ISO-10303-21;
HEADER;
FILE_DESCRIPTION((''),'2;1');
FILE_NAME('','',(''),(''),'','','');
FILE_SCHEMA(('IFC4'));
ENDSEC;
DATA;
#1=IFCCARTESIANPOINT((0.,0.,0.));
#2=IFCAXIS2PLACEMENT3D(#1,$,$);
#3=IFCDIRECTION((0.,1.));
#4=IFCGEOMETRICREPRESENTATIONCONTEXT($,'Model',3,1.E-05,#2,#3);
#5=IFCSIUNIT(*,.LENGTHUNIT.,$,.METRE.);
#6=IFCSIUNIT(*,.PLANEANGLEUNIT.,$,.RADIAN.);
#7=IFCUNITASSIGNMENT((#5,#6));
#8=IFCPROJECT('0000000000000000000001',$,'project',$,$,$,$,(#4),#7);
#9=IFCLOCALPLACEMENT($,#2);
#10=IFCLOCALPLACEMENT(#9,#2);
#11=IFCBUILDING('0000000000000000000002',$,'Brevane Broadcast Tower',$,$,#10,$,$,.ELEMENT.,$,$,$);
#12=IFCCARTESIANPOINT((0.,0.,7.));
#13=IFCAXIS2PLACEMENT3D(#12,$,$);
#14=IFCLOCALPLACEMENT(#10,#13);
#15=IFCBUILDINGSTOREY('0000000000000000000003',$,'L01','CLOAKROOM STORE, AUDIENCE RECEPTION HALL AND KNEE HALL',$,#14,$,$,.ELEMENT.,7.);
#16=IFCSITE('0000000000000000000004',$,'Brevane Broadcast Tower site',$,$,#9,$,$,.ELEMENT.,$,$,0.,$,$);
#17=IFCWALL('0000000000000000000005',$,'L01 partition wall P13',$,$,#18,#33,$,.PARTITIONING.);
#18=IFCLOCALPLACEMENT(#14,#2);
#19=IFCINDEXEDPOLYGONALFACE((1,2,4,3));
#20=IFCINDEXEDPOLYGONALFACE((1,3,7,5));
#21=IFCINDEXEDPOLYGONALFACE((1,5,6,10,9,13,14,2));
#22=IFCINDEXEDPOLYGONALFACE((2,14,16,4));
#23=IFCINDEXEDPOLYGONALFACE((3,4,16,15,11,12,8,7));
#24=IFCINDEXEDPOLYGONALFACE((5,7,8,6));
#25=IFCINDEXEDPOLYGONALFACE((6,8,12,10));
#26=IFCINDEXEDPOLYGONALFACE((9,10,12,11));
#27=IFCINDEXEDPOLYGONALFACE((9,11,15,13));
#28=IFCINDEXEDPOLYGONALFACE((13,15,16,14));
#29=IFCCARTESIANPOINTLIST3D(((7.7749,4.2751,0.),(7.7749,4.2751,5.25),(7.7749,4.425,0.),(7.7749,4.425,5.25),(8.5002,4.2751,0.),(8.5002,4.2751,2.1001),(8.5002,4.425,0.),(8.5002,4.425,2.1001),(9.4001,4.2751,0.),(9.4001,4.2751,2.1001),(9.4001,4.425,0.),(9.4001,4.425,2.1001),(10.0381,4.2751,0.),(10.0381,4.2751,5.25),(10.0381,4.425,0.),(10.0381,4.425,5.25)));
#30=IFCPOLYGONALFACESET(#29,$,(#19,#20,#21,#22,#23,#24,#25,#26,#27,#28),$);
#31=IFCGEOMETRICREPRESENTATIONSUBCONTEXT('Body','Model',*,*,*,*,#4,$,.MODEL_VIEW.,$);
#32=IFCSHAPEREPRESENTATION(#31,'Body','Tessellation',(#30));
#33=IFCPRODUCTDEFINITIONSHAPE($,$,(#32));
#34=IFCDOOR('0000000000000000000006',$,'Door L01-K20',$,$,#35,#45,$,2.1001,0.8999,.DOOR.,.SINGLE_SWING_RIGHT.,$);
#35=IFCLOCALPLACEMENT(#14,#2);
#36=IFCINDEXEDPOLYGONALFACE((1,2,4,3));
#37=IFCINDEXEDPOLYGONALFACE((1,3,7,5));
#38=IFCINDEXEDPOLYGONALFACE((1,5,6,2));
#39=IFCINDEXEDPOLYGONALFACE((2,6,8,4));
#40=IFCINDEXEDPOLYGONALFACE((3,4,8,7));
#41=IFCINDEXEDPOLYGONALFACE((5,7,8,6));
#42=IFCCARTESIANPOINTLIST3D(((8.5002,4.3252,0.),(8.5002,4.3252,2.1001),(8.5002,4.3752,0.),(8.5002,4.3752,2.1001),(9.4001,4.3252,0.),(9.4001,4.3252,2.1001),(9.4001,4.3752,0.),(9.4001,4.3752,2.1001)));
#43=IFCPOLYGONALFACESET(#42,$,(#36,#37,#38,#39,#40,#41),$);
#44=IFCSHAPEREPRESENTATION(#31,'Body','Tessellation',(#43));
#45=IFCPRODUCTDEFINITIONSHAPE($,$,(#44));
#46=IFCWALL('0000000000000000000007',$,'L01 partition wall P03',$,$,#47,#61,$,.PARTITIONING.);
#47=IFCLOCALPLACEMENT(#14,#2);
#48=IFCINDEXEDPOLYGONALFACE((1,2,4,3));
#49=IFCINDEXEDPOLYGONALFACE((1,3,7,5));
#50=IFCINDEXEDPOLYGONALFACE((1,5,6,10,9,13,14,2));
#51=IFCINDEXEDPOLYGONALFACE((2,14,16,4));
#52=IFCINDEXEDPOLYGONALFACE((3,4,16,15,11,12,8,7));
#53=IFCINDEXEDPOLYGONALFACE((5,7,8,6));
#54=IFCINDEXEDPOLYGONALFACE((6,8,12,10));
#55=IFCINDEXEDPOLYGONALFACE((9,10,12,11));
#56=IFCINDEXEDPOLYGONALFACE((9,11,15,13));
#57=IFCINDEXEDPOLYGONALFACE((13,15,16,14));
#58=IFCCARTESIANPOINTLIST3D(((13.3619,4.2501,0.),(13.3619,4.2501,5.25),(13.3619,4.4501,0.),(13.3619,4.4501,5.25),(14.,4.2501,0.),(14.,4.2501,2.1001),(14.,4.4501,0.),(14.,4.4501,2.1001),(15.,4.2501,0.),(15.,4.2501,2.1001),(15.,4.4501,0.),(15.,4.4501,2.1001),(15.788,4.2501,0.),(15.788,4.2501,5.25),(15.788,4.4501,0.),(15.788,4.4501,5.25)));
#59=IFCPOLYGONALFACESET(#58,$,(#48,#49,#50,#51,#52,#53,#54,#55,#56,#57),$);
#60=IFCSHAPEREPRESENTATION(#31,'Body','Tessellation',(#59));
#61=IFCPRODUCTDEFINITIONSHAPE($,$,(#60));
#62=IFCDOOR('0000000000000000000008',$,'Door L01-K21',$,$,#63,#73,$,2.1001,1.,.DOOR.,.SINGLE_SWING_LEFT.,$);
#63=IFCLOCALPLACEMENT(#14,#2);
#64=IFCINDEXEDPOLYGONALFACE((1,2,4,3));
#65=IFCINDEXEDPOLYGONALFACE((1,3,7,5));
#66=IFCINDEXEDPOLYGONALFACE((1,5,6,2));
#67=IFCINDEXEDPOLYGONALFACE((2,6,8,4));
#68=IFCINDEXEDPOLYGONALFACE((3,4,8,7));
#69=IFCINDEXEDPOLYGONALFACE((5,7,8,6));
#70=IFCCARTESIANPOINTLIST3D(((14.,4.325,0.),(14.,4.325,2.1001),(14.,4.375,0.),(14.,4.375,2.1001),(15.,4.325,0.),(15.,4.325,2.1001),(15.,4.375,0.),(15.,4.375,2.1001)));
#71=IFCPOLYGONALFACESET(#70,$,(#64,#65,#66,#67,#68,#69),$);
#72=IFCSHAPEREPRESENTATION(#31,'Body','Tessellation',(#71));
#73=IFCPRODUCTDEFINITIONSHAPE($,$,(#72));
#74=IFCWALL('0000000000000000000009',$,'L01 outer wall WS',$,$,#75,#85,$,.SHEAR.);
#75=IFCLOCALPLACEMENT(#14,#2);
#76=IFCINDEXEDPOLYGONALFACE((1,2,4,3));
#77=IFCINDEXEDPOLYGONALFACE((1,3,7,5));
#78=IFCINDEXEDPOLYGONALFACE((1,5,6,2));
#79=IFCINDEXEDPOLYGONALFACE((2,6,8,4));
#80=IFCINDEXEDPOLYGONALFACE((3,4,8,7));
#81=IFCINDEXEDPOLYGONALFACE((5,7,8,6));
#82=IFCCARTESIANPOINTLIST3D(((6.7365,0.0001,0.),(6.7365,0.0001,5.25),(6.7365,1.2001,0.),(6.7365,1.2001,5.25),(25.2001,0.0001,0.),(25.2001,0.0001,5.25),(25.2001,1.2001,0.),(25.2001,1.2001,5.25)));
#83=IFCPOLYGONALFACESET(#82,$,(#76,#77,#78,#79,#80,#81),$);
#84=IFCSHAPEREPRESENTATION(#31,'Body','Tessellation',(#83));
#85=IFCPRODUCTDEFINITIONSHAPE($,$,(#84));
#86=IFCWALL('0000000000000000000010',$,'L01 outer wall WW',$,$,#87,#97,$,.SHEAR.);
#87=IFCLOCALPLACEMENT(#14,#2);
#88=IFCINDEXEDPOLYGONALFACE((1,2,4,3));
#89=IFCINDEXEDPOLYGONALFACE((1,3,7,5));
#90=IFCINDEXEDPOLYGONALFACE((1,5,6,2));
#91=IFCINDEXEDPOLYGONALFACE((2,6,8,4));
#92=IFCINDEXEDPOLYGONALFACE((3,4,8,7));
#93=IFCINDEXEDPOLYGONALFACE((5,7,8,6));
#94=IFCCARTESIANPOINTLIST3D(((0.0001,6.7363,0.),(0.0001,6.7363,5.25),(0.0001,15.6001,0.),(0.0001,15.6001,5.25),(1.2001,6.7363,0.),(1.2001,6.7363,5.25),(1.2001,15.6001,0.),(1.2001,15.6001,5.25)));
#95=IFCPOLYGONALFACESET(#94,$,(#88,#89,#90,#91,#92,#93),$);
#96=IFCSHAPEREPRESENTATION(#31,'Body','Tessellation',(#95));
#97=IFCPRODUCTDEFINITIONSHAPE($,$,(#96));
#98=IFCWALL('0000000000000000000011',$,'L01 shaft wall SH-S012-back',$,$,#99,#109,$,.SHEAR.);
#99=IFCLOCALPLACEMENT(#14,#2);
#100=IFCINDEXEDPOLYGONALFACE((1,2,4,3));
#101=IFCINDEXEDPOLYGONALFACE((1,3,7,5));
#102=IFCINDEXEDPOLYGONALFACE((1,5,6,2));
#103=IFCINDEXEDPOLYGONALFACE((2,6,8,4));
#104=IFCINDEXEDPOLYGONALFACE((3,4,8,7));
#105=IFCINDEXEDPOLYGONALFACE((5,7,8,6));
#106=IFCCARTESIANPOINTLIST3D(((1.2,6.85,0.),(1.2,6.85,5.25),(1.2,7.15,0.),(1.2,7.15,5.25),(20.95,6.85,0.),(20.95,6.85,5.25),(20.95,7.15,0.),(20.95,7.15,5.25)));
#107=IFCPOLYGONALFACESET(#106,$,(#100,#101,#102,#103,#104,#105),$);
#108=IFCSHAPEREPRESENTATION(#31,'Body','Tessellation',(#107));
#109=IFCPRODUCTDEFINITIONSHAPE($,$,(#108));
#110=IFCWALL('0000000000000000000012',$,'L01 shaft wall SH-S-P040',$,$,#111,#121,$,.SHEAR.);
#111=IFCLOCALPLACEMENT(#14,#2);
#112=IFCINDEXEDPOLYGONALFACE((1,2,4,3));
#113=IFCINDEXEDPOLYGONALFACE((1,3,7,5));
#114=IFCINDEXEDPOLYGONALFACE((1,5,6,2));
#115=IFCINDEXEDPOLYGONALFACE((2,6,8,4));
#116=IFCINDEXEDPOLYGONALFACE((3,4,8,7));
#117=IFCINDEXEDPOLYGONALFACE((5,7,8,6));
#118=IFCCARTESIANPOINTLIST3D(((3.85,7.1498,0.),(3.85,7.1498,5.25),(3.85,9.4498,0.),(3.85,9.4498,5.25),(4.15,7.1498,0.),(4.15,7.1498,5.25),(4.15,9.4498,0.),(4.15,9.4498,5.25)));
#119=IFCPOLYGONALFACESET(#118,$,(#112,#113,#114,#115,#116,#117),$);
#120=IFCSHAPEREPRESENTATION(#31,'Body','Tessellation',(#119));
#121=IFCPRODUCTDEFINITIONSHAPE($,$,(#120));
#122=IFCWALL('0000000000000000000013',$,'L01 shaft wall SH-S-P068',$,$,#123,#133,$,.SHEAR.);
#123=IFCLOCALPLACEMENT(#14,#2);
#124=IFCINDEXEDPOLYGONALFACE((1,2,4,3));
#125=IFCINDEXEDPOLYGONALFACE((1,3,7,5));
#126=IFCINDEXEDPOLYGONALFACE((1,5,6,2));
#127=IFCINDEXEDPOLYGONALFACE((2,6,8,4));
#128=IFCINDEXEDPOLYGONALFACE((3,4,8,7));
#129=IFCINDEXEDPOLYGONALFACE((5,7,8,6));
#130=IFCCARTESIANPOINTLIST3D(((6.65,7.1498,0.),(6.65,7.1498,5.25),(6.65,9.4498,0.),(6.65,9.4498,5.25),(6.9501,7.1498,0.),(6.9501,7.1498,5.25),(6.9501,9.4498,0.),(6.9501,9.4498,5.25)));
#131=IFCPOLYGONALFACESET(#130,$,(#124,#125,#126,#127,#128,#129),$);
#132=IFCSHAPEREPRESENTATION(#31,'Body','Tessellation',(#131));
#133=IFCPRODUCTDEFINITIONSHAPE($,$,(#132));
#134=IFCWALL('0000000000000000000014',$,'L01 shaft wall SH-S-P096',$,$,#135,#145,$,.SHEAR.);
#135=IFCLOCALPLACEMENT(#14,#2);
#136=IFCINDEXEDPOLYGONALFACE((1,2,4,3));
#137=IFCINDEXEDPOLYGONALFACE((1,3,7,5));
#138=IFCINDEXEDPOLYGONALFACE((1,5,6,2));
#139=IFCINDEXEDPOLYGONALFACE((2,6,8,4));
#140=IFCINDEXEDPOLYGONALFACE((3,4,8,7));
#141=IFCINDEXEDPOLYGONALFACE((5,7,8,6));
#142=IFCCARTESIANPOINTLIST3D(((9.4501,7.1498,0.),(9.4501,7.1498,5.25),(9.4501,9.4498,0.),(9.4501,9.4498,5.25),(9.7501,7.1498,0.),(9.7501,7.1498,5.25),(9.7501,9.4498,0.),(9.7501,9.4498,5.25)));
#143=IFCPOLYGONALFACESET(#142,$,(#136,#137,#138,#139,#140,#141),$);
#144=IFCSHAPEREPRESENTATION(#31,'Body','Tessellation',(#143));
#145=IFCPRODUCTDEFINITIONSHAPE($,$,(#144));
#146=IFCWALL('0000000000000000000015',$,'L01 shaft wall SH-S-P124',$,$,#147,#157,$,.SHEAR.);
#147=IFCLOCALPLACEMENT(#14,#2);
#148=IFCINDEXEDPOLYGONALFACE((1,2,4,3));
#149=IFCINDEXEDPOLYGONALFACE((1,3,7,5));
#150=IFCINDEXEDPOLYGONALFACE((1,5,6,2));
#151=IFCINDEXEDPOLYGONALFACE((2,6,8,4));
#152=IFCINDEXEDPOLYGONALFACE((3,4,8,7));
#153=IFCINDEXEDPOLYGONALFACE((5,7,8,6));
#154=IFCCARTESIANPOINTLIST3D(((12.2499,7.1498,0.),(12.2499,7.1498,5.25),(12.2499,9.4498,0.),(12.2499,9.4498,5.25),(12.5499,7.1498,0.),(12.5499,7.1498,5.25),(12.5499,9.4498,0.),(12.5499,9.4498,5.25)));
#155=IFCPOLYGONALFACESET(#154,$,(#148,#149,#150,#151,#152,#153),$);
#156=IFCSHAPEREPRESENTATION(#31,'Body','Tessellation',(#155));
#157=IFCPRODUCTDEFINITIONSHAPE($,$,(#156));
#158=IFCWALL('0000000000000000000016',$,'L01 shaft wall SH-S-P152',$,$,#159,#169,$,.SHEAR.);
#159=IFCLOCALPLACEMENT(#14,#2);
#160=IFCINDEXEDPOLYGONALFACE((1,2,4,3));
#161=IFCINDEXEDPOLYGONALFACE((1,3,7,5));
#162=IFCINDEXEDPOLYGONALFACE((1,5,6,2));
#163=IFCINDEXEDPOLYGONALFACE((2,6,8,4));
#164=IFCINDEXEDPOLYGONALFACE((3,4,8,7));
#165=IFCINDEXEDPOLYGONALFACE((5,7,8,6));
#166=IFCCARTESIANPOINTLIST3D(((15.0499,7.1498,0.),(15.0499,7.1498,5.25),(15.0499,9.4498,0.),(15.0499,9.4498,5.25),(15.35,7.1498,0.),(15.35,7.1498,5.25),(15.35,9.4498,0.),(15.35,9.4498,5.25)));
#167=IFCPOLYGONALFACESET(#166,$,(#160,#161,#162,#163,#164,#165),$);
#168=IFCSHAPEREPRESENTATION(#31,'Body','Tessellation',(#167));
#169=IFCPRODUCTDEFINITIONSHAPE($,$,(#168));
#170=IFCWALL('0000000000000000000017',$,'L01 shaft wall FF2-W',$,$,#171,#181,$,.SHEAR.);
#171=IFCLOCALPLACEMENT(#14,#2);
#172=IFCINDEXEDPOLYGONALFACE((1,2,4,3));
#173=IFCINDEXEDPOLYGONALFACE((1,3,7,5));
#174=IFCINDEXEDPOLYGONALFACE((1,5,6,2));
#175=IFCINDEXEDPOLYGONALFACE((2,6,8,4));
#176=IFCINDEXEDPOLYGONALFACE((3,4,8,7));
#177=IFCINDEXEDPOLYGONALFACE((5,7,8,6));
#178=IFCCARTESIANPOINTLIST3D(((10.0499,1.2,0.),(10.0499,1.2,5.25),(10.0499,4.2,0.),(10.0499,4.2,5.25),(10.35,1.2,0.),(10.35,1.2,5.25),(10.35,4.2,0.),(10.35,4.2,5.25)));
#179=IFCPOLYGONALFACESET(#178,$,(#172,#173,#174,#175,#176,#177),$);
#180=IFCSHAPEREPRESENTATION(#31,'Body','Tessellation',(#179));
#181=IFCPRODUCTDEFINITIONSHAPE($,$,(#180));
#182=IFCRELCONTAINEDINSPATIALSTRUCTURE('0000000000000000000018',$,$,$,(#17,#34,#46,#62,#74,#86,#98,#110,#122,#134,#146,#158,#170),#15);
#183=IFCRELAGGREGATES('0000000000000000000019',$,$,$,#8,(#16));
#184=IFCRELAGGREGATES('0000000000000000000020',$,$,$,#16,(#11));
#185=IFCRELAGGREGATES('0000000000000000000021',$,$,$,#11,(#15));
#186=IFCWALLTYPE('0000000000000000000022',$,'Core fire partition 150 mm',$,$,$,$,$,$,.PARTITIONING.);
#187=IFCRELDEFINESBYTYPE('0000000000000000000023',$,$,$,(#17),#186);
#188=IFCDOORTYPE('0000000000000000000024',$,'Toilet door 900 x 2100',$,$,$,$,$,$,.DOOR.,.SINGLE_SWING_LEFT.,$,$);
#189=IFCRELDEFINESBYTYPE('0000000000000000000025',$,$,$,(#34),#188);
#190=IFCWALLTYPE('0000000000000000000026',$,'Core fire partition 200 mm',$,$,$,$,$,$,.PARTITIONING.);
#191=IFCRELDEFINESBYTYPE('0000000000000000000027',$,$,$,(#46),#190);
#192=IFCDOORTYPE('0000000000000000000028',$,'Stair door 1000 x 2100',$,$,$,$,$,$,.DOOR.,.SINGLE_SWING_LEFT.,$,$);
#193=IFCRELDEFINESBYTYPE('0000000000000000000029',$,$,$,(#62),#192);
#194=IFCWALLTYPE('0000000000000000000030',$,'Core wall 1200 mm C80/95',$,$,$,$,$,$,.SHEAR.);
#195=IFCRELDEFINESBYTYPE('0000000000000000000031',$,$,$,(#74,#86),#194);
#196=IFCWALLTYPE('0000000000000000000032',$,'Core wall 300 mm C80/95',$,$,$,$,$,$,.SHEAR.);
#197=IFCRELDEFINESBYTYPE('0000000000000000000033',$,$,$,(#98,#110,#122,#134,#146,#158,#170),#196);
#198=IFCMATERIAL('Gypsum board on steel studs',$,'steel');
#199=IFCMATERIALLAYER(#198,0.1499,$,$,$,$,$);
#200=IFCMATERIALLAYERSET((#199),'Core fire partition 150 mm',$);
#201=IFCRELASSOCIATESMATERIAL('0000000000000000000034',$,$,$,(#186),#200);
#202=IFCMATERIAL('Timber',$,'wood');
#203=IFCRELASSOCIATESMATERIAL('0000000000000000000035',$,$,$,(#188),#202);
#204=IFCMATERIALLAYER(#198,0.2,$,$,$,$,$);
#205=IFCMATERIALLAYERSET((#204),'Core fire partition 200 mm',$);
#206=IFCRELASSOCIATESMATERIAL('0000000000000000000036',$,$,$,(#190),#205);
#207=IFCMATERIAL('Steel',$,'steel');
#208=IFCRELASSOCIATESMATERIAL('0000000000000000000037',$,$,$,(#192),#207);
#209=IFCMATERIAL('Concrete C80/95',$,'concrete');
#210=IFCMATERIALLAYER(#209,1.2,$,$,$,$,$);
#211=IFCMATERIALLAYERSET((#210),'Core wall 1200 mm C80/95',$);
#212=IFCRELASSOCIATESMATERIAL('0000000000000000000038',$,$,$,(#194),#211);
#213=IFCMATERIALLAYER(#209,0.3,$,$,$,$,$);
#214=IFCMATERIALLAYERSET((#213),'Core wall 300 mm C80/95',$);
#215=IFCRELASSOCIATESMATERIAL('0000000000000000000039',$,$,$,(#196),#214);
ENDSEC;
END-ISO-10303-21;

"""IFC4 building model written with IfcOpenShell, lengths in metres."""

from ifc_helpers import new_model, si_unit, direction, frame, frame_2d, origin, place, context, subcontext, project, spatial, rectangle, extrude, material, layer, layer_set, type_object, element, fill, save


model = new_model("IFC4")

# Units and contexts
model_context = context("Model", 3, precision=1e-05, world=origin(), true_north=direction((0.0, 1.0)))
body_context = subcontext(model_context, "Body", "Model", "MODEL_VIEW")
ifc_project = project(units=[si_unit("LENGTHUNIT", "METRE"), si_unit("PLANEANGLEUNIT", "RADIAN")], contexts=[model_context])

# Site, building, storey
site_placement = place(None, origin())
site = spatial("IfcSite", under=ifc_project, at=site_placement, Name="Brevane Broadcast Tower site", CompositionType="ELEMENT", RefElevation=0.0)
building_placement = place(site_placement, origin())
building = spatial("IfcBuilding", under=site, at=building_placement, Name="Brevane Broadcast Tower", CompositionType="ELEMENT")
storey_placement = place(building_placement, frame((0.0, 0.0, 7.0)))
storey = spatial("IfcBuildingStorey", under=building, at=storey_placement, Name="L01", Description="CLOAKROOM STORE, AUDIENCE RECEPTION HALL AND KNEE HALL", CompositionType="ELEMENT", Elevation=7.0)

# Shared definitions
ifc_material_1 = material(Name="Gypsum board on steel studs", Category="steel")
ifc_layer_1 = layer(ifc_material_1, 0.1499)
ifc_layer_set_1 = layer_set([ifc_layer_1], Name="Core fire partition 150 mm")
wall_type_1 = type_object("IfcWallType", Name="Core fire partition 150 mm", PredefinedType="PARTITIONING", material=ifc_layer_set_1)

# Shared definitions
ifc_material_2 = material(Name="Timber", Category="wood")
door_type_1 = type_object("IfcDoorType", Name="Toilet door 900 x 2100", OperationType="SINGLE_SWING_LEFT", PredefinedType="DOOR", material=ifc_material_2)

# Walls, openings, doors
wall_1_placement = place(storey_placement, frame((10.0381, 4.3501, 0.0), z_axis=(0.0, 0.0, 1.0), x_axis=(-1.0, 0.0, 0.0)))
wall_1 = element("IfcWall", 1, at=wall_1_placement, inside=storey, type_object=wall_type_1, Name="L01 partition wall P13", PredefinedType="PARTITIONING", context=body_context, shape_type="SweptSolid", body=[
    extrude(rectangle(XDim=2.2632, YDim=0.1499, at=frame_2d((1.1316, 0.0))), origin(), (0.0, 0.0, 1.0), 5.25),
])
opening_1_placement = place(wall_1_placement, frame((0.6379, 0.0, 0.0)))
opening_1 = element("IfcOpeningElement", 2, at=opening_1_placement, cuts=wall_1, PredefinedType="OPENING", context=body_context, shape_type="SweptSolid", body=[
    extrude(rectangle(XDim=0.8999, YDim=2.1001, at=frame_2d((0.45, 1.05))), frame((0.0, 0.085, 0.0), z_axis=(0.0, -1.0, 0.0), x_axis=(1.0, 0.0, 0.0)), (0.0, 0.0, 1.0), 0.1699),
])
door_1_placement = place(opening_1_placement, origin())
door_1 = element("IfcDoor", 3, at=door_1_placement, inside=storey, type_object=door_type_1, Name="Door L01-K20", OperationType="SINGLE_SWING_RIGHT", OverallHeight=2.1001, OverallWidth=0.8999, PredefinedType="DOOR", context=body_context, shape_type="SweptSolid", body=[
    extrude(rectangle(XDim=0.8999, YDim=2.1001, at=frame_2d((0.45, 1.05))), frame((0.0, 0.0249, 0.0), z_axis=(0.0, -1.0, 0.0), x_axis=(1.0, 0.0, 0.0)), (0.0, 0.0, 1.0), 0.05),
])
fill(opening_1, door_1)
ifc_layer_2 = layer(ifc_material_1, 0.2)
ifc_layer_set_2 = layer_set([ifc_layer_2], Name="Core fire partition 200 mm")
wall_type_2 = type_object("IfcWallType", Name="Core fire partition 200 mm", PredefinedType="PARTITIONING", material=ifc_layer_set_2)
wall_2_placement = place(storey_placement, frame((13.3621, 4.3501, 0.0), z_axis=(0.0, 0.0, 1.0), x_axis=(1.0, 0.0, 0.0)))
wall_2 = element("IfcWall", 4, at=wall_2_placement, inside=storey, type_object=wall_type_2, Name="L01 partition wall P03", PredefinedType="PARTITIONING", context=body_context, shape_type="SweptSolid", body=[
    extrude(rectangle(XDim=2.426, YDim=0.2, at=frame_2d((1.2129, 0.0))), origin(), (0.0, 0.0, 1.0), 5.25),
])
opening_2_placement = place(wall_2_placement, frame((0.6379, 0.0, 0.0)))
opening_2 = element("IfcOpeningElement", 5, at=opening_2_placement, cuts=wall_2, PredefinedType="OPENING", context=body_context, shape_type="SweptSolid", body=[
    extrude(rectangle(XDim=1.0, YDim=2.1001, at=frame_2d((0.5, 1.05))), frame((0.0, 0.1099, 0.0), z_axis=(0.0, -1.0, 0.0), x_axis=(1.0, 0.0, 0.0)), (0.0, 0.0, 1.0), 0.22),
])
ifc_material_3 = material(Name="Steel", Category="steel")
door_type_2 = type_object("IfcDoorType", Name="Stair door 1000 x 2100", OperationType="SINGLE_SWING_LEFT", PredefinedType="DOOR", material=ifc_material_3)
door_2_placement = place(opening_2_placement, origin())
door_2 = element("IfcDoor", 6, at=door_2_placement, inside=storey, type_object=door_type_2, Name="Door L01-K21", OperationType="SINGLE_SWING_LEFT", OverallHeight=2.1001, OverallWidth=1.0, PredefinedType="DOOR", context=body_context, shape_type="SweptSolid", body=[
    extrude(rectangle(XDim=1.0, YDim=2.1001, at=frame_2d((0.5, 1.05))), frame((0.0, 0.0249, 0.0), z_axis=(0.0, -1.0, 0.0), x_axis=(1.0, 0.0, 0.0)), (0.0, 0.0, 1.0), 0.05),
])
fill(opening_2, door_2)

# Walls
ifc_material_4 = material(Name="Concrete C80/95", Category="concrete")
ifc_layer_3 = layer(ifc_material_4, 1.2)
ifc_layer_set_3 = layer_set([ifc_layer_3], Name="Core wall 1200 mm C80/95")
wall_type_3 = type_object("IfcWallType", Name="Core wall 1200 mm C80/95", PredefinedType="SHEAR", material=ifc_layer_set_3)
wall_3_placement = place(storey_placement, frame((6.7363, 0.6001, 0.0), z_axis=(0.0, 0.0, 1.0), x_axis=(1.0, 0.0, 0.0)))
element("IfcWall", 7, at=wall_3_placement, inside=storey, type_object=wall_type_3, Name="L01 outer wall WS", PredefinedType="SHEAR", context=body_context, shape_type="SweptSolid", body=[
    extrude(rectangle(XDim=18.4636, YDim=1.2, at=frame_2d((9.2319, 0.0))), origin(), (0.0, 0.0, 1.0), 5.25),
])
wall_4_placement = place(storey_placement, frame((0.6001, 6.7363, 0.0), z_axis=(0.0, 0.0, 1.0), x_axis=(0.0, 1.0, 0.0)))
element("IfcWall", 8, at=wall_4_placement, inside=storey, type_object=wall_type_3, Name="L01 outer wall WW", PredefinedType="SHEAR", context=body_context, shape_type="SweptSolid", body=[
    extrude(rectangle(XDim=8.8638, YDim=1.2, at=frame_2d((4.4319, 0.0))), origin(), (0.0, 0.0, 1.0), 5.25),
])
ifc_layer_4 = layer(ifc_material_4, 0.3)
ifc_layer_set_4 = layer_set([ifc_layer_4], Name="Core wall 300 mm C80/95")
wall_type_4 = type_object("IfcWallType", Name="Core wall 300 mm C80/95", PredefinedType="SHEAR", material=ifc_layer_set_4)
wall_5_placement = place(storey_placement, frame((1.2, 7.0, 0.0), z_axis=(0.0, 0.0, 1.0), x_axis=(1.0, 0.0, 0.0)))
element("IfcWall", 9, at=wall_5_placement, inside=storey, type_object=wall_type_4, Name="L01 shaft wall SH-S012-back", PredefinedType="SHEAR", context=body_context, shape_type="SweptSolid", body=[
    extrude(rectangle(XDim=19.75, YDim=0.3, at=frame_2d((9.875, 0.0))), origin(), (0.0, 0.0, 1.0), 5.25),
])
for number, where, z_axis, x_axis, name in (
    (10, (4.0, 7.1499, 0.0), (0.0, 0.0, 1.0), (0.0, 1.0, 0.0), "L01 shaft wall SH-S-P040"),
    (11, (6.8, 7.1499, 0.0), (0.0, 0.0, 1.0), (0.0, 1.0, 0.0), "L01 shaft wall SH-S-P068"),
    (12, (9.6001, 7.1499, 0.0), (0.0, 0.0, 1.0), (0.0, 1.0, 0.0), "L01 shaft wall SH-S-P096"),
    (13, (12.3999, 7.1499, 0.0), (0.0, 0.0, 1.0), (0.0, 1.0, 0.0), "L01 shaft wall SH-S-P124"),
    (14, (15.2, 7.1499, 0.0), (0.0, 0.0, 1.0), (0.0, 1.0, 0.0), "L01 shaft wall SH-S-P152"),
):
    element("IfcWall", number, at=place(storey_placement, frame(where, z_axis=z_axis, x_axis=x_axis)), inside=storey, type_object=wall_type_4, Name=name, PredefinedType="SHEAR", context=body_context, shape_type="SweptSolid", body=[
        extrude(rectangle(XDim=2.3, YDim=0.3, at=frame_2d((1.1499, 0.0))), origin(), (0.0, 0.0, 1.0), 5.25),
    ])
wall_6_placement = place(storey_placement, frame((10.2, 1.2, 0.0), z_axis=(0.0, 0.0, 1.0), x_axis=(0.0, 1.0, 0.0)))
element("IfcWall", 15, at=wall_6_placement, inside=storey, type_object=wall_type_4, Name="L01 shaft wall FF2-W", PredefinedType="SHEAR", context=body_context, shape_type="SweptSolid", body=[
    extrude(rectangle(XDim=3.0, YDim=0.3, at=frame_2d((1.5, 0.0))), origin(), (0.0, 0.0, 1.0), 5.25),
])

save(model, "model.ifc")
